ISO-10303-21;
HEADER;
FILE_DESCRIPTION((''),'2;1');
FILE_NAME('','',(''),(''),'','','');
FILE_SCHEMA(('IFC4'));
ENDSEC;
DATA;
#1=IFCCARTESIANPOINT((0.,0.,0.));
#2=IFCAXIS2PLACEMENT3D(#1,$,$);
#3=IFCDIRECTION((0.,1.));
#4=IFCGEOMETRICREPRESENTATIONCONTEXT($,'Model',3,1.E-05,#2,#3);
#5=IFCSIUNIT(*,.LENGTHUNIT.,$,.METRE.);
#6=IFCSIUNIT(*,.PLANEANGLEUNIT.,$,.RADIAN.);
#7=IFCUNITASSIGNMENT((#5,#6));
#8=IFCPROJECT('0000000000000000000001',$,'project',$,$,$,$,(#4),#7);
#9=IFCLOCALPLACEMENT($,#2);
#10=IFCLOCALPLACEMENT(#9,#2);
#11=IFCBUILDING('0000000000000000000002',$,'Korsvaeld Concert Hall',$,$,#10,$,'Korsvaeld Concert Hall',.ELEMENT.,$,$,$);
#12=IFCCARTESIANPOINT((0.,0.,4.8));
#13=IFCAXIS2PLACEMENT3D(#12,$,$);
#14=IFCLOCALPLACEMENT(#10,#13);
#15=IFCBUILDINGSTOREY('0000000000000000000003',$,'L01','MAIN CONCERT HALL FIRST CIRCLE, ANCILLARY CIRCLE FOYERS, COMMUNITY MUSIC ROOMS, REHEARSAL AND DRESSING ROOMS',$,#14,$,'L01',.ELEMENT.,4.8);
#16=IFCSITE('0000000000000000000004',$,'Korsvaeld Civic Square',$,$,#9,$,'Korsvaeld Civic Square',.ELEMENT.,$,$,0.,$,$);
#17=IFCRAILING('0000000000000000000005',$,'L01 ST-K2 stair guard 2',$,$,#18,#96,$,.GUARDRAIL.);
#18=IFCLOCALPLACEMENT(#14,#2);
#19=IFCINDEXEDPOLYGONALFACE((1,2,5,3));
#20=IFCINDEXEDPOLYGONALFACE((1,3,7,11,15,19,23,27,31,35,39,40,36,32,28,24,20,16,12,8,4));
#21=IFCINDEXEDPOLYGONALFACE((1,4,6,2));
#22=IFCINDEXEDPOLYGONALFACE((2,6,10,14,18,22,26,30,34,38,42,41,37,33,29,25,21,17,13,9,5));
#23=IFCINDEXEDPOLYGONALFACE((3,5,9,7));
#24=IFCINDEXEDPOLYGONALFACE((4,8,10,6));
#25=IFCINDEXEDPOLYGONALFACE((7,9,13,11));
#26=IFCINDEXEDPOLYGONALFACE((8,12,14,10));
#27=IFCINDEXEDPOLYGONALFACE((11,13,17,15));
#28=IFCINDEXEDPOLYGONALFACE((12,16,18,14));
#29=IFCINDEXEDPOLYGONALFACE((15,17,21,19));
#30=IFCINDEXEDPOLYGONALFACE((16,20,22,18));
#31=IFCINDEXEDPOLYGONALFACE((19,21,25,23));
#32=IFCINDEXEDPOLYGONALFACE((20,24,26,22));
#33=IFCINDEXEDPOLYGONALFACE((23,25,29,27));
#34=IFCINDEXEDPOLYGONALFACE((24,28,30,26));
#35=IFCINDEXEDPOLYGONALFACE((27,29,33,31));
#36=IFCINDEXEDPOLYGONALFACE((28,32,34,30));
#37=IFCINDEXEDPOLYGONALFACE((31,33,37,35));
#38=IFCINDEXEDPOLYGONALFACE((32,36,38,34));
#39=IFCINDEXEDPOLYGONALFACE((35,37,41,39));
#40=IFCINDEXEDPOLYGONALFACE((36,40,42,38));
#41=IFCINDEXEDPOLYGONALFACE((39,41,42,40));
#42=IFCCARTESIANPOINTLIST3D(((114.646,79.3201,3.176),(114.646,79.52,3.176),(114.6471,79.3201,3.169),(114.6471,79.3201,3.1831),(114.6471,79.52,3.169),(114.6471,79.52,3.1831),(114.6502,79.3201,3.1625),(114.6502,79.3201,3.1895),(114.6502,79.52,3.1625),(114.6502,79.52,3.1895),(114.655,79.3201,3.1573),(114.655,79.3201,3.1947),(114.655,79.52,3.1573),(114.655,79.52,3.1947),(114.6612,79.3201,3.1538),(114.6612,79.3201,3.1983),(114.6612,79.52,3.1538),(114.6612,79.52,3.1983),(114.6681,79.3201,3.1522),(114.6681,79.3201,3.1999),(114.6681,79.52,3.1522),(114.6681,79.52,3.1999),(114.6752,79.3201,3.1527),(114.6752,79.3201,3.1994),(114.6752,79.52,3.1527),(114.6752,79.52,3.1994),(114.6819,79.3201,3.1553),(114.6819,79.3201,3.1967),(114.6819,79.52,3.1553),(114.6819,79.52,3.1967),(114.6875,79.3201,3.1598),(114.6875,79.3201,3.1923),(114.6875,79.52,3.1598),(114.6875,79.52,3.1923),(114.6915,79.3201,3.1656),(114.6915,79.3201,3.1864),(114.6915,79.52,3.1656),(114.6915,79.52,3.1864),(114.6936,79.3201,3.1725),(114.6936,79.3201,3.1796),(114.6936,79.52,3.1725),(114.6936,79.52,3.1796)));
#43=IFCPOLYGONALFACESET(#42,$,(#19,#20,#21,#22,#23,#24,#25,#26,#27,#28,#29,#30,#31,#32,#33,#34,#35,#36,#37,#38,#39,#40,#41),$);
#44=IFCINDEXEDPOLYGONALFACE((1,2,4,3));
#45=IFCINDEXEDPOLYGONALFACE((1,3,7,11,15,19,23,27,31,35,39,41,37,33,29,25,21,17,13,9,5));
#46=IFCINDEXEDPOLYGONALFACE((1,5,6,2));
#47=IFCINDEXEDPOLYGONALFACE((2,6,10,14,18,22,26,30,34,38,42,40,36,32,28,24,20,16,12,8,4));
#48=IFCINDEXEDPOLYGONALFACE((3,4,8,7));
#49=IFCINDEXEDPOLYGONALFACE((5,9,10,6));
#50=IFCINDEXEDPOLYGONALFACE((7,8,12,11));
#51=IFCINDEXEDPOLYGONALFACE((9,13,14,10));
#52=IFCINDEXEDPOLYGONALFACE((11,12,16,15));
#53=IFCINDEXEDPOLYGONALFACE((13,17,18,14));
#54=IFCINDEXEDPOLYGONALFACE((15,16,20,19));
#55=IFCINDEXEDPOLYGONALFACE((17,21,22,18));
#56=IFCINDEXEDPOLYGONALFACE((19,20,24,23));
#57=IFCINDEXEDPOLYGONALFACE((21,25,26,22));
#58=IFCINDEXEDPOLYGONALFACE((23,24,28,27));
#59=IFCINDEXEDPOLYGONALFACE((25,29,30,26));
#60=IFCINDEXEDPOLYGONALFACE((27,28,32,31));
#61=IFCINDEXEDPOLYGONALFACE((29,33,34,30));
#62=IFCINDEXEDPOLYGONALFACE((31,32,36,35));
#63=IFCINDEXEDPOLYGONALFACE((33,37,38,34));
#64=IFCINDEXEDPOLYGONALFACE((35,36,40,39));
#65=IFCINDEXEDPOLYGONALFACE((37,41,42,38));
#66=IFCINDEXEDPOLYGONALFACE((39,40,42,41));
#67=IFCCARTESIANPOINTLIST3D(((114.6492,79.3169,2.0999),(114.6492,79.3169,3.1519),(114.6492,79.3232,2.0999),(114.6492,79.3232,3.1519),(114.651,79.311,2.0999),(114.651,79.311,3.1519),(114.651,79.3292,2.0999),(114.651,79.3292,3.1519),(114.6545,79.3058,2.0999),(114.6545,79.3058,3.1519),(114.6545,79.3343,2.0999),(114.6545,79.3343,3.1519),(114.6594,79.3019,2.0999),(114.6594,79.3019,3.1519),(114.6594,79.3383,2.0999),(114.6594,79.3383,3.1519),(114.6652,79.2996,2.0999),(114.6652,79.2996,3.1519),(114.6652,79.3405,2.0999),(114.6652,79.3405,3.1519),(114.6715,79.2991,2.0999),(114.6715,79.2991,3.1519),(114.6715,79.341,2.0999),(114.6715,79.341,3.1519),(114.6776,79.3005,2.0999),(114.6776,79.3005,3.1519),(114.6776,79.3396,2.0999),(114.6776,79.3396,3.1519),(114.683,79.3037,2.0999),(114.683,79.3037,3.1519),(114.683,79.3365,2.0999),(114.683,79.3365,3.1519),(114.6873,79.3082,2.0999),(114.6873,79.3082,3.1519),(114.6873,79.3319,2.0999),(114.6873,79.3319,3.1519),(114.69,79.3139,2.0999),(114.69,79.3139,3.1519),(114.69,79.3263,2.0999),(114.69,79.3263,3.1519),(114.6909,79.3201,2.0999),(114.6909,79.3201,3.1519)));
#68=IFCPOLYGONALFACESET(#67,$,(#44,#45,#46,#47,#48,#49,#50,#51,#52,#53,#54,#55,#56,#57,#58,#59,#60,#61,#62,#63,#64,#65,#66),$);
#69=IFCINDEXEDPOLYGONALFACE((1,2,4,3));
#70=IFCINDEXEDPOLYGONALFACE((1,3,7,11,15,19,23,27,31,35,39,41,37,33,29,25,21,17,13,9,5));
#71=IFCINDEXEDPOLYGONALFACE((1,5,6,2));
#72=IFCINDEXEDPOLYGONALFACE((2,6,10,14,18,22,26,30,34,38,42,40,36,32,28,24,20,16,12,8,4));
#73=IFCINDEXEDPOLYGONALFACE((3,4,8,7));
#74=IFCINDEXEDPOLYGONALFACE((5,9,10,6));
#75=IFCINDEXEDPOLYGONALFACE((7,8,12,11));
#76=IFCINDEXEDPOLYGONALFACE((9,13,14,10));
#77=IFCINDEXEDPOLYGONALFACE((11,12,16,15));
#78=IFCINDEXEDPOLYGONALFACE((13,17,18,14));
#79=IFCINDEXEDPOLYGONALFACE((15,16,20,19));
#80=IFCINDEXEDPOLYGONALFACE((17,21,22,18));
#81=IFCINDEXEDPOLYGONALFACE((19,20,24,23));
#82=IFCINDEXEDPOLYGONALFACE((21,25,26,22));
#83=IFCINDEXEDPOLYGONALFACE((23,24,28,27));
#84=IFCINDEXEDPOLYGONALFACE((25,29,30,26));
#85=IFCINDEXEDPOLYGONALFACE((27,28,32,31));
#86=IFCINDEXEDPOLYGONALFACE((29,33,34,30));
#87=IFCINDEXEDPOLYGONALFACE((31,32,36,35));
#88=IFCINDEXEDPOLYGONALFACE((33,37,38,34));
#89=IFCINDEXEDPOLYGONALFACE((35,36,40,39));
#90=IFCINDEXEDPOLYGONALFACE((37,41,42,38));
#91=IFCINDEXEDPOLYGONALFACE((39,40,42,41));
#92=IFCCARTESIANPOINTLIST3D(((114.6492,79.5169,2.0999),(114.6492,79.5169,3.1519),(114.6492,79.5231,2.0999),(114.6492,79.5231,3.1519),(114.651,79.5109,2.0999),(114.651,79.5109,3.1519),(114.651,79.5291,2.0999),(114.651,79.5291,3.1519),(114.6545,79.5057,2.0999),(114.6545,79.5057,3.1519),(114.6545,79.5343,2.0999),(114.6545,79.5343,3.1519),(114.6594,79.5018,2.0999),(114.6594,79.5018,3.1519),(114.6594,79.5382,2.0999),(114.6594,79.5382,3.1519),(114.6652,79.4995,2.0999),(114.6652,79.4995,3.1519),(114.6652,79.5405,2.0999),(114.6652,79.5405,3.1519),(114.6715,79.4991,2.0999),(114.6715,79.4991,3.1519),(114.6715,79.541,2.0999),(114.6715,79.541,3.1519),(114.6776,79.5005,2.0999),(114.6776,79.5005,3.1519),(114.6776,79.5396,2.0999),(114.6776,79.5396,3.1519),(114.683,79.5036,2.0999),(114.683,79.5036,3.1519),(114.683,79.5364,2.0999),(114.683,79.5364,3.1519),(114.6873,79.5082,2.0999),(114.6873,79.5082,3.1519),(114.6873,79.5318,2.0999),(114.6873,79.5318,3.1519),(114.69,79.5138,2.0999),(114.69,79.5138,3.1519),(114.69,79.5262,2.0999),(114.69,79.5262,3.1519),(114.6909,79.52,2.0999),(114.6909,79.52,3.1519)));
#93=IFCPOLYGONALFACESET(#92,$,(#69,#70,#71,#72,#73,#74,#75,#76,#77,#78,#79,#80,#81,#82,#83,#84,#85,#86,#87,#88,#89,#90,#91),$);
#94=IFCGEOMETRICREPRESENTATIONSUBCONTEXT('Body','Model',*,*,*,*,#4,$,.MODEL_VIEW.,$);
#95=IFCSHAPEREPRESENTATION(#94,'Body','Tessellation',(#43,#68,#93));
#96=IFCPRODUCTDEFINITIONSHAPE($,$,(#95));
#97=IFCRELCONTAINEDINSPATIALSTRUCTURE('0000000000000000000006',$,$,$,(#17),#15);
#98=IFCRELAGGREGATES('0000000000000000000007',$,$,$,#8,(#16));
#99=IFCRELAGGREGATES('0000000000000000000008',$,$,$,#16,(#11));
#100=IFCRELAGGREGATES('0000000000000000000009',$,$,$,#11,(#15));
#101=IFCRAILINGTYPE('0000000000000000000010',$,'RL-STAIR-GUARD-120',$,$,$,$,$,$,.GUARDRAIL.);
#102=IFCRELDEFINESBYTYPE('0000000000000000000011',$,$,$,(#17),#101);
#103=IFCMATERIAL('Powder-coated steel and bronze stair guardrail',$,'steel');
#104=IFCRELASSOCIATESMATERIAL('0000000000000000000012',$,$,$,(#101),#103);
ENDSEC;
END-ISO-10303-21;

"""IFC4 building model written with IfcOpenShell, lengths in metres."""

from ifc_helpers import new_model, si_unit, direction, frame, origin, origin_2d, place, context, subcontext, project, spatial, circle, extrude, material, type_object, element, save


model = new_model("IFC4")

# Units and contexts
model_context = context("Model", 3, precision=1e-05, world=origin(), true_north=direction((0.0, 1.0)))
body_context = subcontext(model_context, "Body", "Model", "MODEL_VIEW")
ifc_project = project(units=[si_unit("LENGTHUNIT", "METRE"), si_unit("PLANEANGLEUNIT", "RADIAN")], contexts=[model_context])

# Site, building, storey
site_placement = place(None, origin())
site = spatial("IfcSite", under=ifc_project, at=site_placement, Name="Korsvaeld Civic Square", LongName="Korsvaeld Civic Square", CompositionType="ELEMENT", RefElevation=0.0)
building_placement = place(site_placement, origin())
building = spatial("IfcBuilding", under=site, at=building_placement, Name="Korsvaeld Concert Hall", LongName="Korsvaeld Concert Hall", CompositionType="ELEMENT")
storey_placement = place(building_placement, frame((0.0, 0.0, 4.8)))
storey = spatial("IfcBuildingStorey", under=building, at=storey_placement, Name="L01", Description="MAIN CONCERT HALL FIRST CIRCLE, ANCILLARY CIRCLE FOYERS, COMMUNITY MUSIC ROOMS, REHEARSAL AND DRESSING ROOMS", LongName="L01", CompositionType="ELEMENT", Elevation=4.8)

# Railing
ifc_material_1 = material(Name="Powder-coated steel and bronze stair guardrail", Category="steel")
railing_type_1 = type_object("IfcRailingType", Name="RL-STAIR-GUARD-120", PredefinedType="GUARDRAIL", material=ifc_material_1)
railing_1_placement = place(storey_placement, frame((114.6699, 79.3201, 2.0999)))
element("IfcRailing", 1, at=railing_1_placement, inside=storey, type_object=railing_type_1, Name="L01 ST-K2 stair guard 2", PredefinedType="GUARDRAIL", context=body_context, shape_type="SweptSolid", body=[
    extrude(circle(Radius=0.0239, at=origin_2d()), frame((0.0, 0.0, 1.0762), z_axis=(0.0, 1.0, 0.0), x_axis=(-1.0, 0.0, 0.0)), (0.0, 0.0, 1.0), 0.2),
    extrude(circle(Radius=0.021, at=origin_2d()), origin(), (0.0, 0.0, 1.0), 1.052),
    extrude(circle(Radius=0.021, at=origin_2d()), frame((0.0, 0.2, 0.0)), (0.0, 0.0, 1.0), 1.052),
])

save(model, "model.ifc")
